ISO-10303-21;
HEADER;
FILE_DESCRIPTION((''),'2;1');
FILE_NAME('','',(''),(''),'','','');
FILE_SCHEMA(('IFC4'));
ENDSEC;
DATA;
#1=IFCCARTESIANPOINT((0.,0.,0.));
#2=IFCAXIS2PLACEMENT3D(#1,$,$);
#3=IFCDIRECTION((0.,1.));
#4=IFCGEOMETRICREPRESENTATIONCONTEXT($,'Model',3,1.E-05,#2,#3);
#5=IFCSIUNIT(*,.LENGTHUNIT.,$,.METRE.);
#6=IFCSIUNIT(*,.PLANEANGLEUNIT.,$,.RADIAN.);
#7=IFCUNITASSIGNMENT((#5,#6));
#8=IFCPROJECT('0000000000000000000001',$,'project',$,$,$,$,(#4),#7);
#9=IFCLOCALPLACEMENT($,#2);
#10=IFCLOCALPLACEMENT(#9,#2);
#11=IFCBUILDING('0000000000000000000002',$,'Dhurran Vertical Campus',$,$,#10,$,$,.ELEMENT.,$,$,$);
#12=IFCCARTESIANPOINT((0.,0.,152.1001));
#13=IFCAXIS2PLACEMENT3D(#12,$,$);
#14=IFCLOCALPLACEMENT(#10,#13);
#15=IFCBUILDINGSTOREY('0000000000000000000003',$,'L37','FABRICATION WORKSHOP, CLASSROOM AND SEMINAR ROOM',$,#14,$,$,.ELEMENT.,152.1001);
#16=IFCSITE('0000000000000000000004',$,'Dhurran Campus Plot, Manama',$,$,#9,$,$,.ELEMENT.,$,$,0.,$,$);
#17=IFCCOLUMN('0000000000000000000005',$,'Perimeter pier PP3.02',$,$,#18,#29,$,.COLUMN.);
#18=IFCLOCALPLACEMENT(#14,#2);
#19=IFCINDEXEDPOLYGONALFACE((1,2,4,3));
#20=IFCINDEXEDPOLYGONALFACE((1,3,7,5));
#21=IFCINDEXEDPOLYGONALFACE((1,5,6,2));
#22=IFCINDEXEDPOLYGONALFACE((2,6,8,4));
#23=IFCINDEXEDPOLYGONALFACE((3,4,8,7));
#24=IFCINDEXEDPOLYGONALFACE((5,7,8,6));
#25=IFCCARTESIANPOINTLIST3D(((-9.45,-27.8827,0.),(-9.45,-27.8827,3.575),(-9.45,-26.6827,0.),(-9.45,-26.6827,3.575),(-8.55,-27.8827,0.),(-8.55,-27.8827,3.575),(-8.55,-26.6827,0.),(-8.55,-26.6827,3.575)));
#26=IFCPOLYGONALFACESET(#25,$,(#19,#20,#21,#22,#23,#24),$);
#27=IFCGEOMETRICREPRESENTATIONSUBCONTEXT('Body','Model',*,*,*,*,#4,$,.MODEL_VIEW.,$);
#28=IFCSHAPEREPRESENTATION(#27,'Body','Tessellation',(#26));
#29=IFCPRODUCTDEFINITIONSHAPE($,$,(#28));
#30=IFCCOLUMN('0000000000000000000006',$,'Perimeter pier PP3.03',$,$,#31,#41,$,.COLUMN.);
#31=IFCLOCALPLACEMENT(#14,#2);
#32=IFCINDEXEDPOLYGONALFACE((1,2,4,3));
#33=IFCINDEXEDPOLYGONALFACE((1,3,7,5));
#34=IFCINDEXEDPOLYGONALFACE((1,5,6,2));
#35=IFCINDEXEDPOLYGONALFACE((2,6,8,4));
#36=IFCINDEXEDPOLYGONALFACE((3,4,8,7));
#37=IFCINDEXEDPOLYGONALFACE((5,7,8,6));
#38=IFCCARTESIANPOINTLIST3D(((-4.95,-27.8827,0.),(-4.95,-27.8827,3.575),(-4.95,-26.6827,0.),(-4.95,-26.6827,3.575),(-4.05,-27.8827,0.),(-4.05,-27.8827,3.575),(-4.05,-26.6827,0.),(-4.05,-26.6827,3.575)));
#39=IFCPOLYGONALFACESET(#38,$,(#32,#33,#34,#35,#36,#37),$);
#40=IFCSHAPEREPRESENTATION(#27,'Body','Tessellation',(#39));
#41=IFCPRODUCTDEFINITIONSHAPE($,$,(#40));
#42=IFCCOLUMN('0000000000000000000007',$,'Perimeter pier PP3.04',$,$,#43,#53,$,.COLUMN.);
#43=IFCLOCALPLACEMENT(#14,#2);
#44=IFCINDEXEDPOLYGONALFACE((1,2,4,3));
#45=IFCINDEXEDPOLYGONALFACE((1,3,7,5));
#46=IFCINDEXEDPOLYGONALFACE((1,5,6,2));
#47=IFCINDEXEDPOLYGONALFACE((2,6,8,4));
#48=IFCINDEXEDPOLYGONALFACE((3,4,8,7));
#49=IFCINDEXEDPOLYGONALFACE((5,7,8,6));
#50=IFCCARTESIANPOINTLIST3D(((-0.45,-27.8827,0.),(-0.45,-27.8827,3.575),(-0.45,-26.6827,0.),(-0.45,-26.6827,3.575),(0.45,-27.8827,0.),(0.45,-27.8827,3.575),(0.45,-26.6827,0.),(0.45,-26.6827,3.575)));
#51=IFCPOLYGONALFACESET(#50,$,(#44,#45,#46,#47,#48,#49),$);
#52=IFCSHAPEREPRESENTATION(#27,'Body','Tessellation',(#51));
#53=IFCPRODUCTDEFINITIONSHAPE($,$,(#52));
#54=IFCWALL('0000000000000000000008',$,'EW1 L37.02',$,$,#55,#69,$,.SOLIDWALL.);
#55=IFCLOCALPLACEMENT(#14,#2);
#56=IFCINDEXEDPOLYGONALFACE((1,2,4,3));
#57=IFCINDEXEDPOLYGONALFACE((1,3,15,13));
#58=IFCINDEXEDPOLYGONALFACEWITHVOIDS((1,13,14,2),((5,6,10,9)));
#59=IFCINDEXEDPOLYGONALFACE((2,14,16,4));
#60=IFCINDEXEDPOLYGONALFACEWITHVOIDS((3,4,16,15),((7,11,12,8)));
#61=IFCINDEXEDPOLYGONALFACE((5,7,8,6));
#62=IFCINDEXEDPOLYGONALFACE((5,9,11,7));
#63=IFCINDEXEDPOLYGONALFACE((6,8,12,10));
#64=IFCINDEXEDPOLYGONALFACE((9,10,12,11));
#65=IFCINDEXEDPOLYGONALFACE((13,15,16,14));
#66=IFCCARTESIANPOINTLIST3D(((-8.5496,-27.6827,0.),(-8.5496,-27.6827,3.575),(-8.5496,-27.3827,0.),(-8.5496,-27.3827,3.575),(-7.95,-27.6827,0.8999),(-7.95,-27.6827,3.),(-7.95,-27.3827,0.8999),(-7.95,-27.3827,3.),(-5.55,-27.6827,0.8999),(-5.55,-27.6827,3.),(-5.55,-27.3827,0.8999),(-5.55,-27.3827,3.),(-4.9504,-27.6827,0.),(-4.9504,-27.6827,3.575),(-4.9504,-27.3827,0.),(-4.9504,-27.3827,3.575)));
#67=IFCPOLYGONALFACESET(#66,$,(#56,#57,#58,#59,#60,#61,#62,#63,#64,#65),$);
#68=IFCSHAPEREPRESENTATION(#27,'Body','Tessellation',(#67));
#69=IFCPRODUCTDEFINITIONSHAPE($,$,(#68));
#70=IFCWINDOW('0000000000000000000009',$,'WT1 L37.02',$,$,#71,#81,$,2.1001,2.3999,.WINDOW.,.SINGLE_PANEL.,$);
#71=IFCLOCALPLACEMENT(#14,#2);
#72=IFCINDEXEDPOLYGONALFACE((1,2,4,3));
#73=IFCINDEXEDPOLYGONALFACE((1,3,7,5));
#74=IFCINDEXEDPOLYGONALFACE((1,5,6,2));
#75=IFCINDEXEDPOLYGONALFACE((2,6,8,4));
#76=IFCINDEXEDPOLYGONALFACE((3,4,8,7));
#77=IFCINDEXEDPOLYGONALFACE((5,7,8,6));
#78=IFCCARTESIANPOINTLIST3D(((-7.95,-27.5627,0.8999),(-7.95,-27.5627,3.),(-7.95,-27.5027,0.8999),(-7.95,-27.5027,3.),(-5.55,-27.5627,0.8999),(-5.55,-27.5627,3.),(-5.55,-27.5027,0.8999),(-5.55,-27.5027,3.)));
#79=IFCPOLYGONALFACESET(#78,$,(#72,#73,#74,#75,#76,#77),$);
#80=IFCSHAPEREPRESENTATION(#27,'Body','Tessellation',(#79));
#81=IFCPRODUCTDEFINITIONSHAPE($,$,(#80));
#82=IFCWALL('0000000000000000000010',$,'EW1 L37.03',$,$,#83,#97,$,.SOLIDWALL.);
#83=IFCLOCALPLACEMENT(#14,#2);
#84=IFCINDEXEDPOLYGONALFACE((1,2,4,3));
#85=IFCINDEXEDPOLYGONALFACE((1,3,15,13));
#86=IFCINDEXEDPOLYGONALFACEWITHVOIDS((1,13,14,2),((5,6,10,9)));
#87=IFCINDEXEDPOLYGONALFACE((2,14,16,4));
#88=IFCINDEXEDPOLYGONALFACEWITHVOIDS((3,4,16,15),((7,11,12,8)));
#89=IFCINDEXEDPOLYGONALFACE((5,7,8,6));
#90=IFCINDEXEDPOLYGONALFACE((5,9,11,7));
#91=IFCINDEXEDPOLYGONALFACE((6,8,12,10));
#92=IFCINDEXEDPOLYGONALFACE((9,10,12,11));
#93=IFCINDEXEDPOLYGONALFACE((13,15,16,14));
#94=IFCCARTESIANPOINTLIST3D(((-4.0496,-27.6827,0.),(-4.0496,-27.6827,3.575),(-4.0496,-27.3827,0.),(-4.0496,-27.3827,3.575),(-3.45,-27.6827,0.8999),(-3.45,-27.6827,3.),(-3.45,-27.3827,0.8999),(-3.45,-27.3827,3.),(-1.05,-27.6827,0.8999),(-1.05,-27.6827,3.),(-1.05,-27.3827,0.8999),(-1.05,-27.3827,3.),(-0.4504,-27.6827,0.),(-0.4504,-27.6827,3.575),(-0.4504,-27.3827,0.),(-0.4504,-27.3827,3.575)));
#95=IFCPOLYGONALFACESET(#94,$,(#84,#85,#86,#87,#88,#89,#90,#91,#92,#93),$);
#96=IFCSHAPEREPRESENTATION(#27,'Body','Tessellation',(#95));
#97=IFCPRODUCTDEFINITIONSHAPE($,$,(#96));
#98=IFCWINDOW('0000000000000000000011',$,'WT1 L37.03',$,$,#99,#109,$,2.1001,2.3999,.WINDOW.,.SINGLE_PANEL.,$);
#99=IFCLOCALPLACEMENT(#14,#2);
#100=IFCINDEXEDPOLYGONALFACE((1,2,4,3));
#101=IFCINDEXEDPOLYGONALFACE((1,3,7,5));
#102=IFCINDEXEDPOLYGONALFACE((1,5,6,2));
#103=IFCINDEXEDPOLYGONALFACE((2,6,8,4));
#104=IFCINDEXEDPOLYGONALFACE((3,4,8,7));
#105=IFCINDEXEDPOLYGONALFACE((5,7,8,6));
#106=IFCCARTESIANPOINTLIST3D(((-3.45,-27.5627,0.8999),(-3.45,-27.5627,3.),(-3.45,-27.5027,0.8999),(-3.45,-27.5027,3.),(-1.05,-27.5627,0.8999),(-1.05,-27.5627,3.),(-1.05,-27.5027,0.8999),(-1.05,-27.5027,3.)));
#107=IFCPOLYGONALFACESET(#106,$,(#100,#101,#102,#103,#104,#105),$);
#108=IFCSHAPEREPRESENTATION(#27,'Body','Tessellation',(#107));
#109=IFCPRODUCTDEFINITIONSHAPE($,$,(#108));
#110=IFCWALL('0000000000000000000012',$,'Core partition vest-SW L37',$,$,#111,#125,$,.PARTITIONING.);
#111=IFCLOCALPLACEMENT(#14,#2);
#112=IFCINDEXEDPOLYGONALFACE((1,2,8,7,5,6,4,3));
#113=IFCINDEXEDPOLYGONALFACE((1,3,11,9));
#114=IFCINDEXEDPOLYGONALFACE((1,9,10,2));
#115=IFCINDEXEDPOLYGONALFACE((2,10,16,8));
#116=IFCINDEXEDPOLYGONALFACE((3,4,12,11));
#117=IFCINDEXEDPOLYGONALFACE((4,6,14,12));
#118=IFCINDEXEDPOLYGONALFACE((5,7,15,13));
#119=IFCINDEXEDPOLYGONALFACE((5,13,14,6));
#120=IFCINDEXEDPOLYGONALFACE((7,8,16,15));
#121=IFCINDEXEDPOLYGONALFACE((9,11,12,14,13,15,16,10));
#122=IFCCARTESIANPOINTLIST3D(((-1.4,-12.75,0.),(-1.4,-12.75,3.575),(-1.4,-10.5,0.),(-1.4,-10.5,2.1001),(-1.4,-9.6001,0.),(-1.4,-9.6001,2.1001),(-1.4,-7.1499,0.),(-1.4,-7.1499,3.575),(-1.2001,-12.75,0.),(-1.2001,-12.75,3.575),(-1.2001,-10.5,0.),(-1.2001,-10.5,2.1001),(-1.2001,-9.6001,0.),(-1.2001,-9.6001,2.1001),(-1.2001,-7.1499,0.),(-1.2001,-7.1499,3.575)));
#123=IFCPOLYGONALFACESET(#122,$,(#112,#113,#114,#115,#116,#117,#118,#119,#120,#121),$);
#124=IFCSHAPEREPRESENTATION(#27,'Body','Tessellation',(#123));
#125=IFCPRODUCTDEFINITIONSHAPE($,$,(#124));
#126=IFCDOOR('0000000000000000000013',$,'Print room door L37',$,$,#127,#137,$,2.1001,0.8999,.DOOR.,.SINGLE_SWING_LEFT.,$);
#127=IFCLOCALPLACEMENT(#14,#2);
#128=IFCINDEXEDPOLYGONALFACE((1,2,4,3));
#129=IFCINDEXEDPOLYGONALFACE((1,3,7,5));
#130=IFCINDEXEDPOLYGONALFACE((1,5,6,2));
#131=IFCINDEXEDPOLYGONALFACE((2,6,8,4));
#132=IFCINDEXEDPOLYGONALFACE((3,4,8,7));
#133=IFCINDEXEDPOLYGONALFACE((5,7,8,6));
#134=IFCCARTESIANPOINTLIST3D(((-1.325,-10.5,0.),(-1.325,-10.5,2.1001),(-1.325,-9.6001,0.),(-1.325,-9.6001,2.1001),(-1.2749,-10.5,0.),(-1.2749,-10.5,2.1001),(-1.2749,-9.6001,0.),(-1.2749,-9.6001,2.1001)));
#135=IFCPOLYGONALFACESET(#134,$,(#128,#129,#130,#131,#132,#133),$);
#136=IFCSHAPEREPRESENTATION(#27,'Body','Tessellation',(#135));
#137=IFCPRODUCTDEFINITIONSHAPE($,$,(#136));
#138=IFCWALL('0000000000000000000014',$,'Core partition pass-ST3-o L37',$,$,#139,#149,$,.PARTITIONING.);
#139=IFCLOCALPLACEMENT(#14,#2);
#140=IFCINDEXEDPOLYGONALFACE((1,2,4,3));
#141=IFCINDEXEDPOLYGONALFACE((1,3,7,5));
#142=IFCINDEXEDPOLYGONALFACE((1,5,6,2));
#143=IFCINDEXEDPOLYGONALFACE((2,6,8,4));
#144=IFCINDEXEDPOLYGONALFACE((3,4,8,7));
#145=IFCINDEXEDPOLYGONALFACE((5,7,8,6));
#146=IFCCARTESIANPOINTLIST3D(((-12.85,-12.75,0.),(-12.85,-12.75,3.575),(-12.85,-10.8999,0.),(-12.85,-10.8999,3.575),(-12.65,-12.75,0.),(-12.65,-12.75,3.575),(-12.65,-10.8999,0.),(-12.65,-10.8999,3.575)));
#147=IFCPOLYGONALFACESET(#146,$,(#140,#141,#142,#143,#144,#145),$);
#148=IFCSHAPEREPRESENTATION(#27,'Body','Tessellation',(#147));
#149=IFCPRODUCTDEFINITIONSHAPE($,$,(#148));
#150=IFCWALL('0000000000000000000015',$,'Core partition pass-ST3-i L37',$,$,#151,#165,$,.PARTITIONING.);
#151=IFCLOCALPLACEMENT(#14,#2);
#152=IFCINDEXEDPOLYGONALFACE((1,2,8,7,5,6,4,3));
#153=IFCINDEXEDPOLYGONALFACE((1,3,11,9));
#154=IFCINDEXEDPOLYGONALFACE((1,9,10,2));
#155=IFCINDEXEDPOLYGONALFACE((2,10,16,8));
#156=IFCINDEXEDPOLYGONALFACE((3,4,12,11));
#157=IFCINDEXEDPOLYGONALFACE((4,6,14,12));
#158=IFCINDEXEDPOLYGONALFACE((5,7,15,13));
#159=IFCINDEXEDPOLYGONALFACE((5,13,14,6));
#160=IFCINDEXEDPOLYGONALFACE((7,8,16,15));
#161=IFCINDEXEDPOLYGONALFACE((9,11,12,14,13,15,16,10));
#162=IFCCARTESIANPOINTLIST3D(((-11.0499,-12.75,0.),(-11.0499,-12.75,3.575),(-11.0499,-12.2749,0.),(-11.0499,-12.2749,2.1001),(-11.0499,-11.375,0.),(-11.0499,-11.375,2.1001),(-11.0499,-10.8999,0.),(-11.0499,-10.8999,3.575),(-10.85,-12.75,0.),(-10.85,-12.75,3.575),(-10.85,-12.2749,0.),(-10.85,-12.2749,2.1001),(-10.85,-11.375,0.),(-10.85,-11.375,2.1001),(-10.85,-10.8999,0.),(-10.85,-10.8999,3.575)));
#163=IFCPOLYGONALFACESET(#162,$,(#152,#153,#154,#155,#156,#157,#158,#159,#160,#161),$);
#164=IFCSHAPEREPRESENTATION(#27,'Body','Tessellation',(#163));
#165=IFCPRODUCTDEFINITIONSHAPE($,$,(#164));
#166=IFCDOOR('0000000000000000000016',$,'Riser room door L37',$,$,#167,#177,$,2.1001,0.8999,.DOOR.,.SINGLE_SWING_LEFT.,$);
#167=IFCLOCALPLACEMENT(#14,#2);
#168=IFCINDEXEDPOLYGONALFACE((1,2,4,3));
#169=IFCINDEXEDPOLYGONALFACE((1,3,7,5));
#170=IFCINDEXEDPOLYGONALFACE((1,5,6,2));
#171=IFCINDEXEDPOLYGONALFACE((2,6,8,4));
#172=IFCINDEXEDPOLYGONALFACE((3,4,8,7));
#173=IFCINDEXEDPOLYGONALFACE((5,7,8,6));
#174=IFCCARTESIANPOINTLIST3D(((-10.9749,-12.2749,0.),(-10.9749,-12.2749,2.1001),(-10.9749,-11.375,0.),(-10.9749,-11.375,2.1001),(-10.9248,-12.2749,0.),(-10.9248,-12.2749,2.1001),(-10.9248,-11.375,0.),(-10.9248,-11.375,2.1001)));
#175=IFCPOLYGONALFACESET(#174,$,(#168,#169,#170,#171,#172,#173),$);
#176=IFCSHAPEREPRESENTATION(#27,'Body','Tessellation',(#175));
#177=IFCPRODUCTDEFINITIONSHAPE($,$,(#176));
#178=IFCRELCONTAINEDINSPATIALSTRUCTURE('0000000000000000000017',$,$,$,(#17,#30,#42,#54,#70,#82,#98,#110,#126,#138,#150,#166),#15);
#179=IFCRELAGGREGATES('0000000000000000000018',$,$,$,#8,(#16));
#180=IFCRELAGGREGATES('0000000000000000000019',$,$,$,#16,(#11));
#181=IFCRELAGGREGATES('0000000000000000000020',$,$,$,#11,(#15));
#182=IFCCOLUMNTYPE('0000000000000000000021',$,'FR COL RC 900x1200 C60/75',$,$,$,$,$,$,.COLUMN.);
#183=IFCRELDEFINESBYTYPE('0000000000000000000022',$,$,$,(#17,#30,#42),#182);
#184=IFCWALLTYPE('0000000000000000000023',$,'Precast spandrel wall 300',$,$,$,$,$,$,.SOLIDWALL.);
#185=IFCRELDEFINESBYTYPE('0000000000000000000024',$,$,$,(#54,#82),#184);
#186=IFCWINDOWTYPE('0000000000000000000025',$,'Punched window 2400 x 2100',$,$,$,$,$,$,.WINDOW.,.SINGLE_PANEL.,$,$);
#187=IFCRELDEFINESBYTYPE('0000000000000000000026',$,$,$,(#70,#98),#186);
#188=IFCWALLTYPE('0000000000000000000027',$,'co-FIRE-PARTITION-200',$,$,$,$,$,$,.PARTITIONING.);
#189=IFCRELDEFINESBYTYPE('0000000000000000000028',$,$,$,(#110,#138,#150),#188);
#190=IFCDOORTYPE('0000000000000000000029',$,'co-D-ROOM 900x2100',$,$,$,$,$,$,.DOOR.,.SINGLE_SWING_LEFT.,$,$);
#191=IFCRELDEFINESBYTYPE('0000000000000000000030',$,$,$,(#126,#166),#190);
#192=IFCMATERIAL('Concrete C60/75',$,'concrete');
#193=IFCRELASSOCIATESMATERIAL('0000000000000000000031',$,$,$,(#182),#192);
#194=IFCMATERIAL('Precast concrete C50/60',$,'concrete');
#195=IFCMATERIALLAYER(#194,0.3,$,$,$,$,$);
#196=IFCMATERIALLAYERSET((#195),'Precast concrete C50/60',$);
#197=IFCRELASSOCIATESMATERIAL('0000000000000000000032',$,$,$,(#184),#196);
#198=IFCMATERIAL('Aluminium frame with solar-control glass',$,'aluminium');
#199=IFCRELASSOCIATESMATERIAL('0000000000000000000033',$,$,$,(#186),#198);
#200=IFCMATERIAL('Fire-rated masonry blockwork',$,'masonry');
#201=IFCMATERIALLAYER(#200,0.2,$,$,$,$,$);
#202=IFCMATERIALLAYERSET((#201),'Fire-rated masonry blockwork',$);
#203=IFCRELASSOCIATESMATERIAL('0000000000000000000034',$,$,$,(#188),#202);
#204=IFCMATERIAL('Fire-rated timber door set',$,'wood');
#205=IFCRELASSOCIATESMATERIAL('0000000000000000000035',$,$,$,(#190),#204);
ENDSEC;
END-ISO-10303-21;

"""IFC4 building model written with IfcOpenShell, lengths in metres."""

from ifc_helpers import new_model, si_unit, direction, frame, frame_2d, origin, origin_2d, place, context, subcontext, project, spatial, rectangle, extrude, material, layer, layer_set, material_profile, profile_set, type_object, element, fill, save


model = new_model("IFC4")

# Units and contexts
model_context = context("Model", 3, precision=1e-05, world=origin(), true_north=direction((0.0, 1.0)))
body_context = subcontext(model_context, "Body", "Model", "MODEL_VIEW")
ifc_project = project(units=[si_unit("LENGTHUNIT", "METRE"), si_unit("PLANEANGLEUNIT", "RADIAN")], contexts=[model_context])

# Site, building, storey
site_placement = place(None, origin())
site = spatial("IfcSite", under=ifc_project, at=site_placement, Name="Dhurran Campus Plot, Manama", CompositionType="ELEMENT", RefElevation=0.0)
building_placement = place(site_placement, origin())
building = spatial("IfcBuilding", under=site, at=building_placement, Name="Dhurran Vertical Campus", CompositionType="ELEMENT")
storey_placement = place(building_placement, frame((0.0, 0.0, 152.1001)))
storey = spatial("IfcBuildingStorey", under=building, at=storey_placement, Name="L37", Description="FABRICATION WORKSHOP, CLASSROOM AND SEMINAR ROOM", CompositionType="ELEMENT", Elevation=152.1001)

# Columns
ifc_material_1 = material(Name="Concrete C60/75", Category="concrete")
ifc_material_profile = material_profile(ifc_material_1, rectangle(XDim=0.8999, YDim=1.2, at=origin_2d()), Name="RC 900x1200")
ifc_profile_set = profile_set([ifc_material_profile], Name="Concrete C60/75")
column_type = type_object("IfcColumnType", Name="FR COL RC 900x1200 C60/75", PredefinedType="COLUMN", material=ifc_profile_set)
for number, where, z_axis, x_axis, name in (
    (1, (-9.0, -27.2827, 0.0), (0.0, 0.0, 1.0), (1.0, 0.0, 0.0), "Perimeter pier PP3.02"),
    (2, (-4.5, -27.2827, 0.0), (0.0, 0.0, 1.0), (1.0, 0.0, 0.0), "Perimeter pier PP3.03"),
    (3, (0.0, -27.2827, 0.0), (0.0, 0.0, 1.0), (1.0, 0.0, 0.0), "Perimeter pier PP3.04"),
):
    element("IfcColumn", number, at=place(storey_placement, frame(where, z_axis=z_axis, x_axis=x_axis)), inside=storey, type_object=column_type, Name=name, PredefinedType="COLUMN", context=body_context, shape_type="SweptSolid", body=[
        extrude(rectangle(XDim=0.8999, YDim=1.2, at=origin_2d()), origin(), (0.0, 0.0, 1.0), 3.575),
    ])

# Walls, openings, windows
ifc_material_2 = material(Name="Precast concrete C50/60", Category="concrete")
ifc_layer_1 = layer(ifc_material_2, 0.3)
ifc_layer_set_1 = layer_set([ifc_layer_1], Name="Precast concrete C50/60")
wall_type_1 = type_object("IfcWallType", Name="Precast spandrel wall 300", PredefinedType="SOLIDWALL", material=ifc_layer_set_1)
wall_1_placement = place(storey_placement, frame((-8.5496, -27.5327, 0.0), z_axis=(0.0, 0.0, 1.0), x_axis=(1.0, 0.0, 0.0)))
wall_1 = element("IfcWall", 4, at=wall_1_placement, inside=storey, type_object=wall_type_1, Name="EW1 L37.02", PredefinedType="SOLIDWALL", context=body_context, shape_type="SweptSolid", body=[
    extrude(rectangle(XDim=3.5991, YDim=0.3, at=frame_2d((1.7996, 0.0))), origin(), (0.0, 0.0, 1.0), 3.575),
])
opening_1_placement = place(wall_1_placement, frame((0.5996, 0.0, 0.8999)))
opening_1 = element("IfcOpeningElement", 5, at=opening_1_placement, cuts=wall_1, PredefinedType="OPENING", context=body_context, shape_type="SweptSolid", body=[
    extrude(rectangle(XDim=2.3999, YDim=2.1001, at=frame_2d((1.2, 1.05))), frame((0.0, 0.1599, 0.0), z_axis=(0.0, -1.0, 0.0), x_axis=(1.0, 0.0, 0.0)), (0.0, 0.0, 1.0), 0.3201),
])
ifc_material_3 = material(Name="Aluminium frame with solar-control glass", Category="aluminium")
window_type = type_object("IfcWindowType", Name="Punched window 2400 x 2100", PartitioningType="SINGLE_PANEL", PredefinedType="WINDOW", material=ifc_material_3)
window_1_placement = place(opening_1_placement, origin())
window_1 = element("IfcWindow", 6, at=window_1_placement, inside=storey, type_object=window_type, Name="WT1 L37.02", OverallHeight=2.1001, OverallWidth=2.3999, PartitioningType="SINGLE_PANEL", PredefinedType="WINDOW", context=body_context, shape_type="SweptSolid", body=[
    extrude(rectangle(XDim=2.3999, YDim=2.1001, at=frame_2d((1.2, 1.05))), frame((0.0, 0.03, 0.0), z_axis=(0.0, -1.0, 0.0), x_axis=(1.0, 0.0, 0.0)), (0.0, 0.0, 1.0), 0.0601),
])
fill(opening_1, window_1)
wall_2_placement = place(storey_placement, frame((-4.0496, -27.5327, 0.0), z_axis=(0.0, 0.0, 1.0), x_axis=(1.0, 0.0, 0.0)))
wall_2 = element("IfcWall", 7, at=wall_2_placement, inside=storey, type_object=wall_type_1, Name="EW1 L37.03", PredefinedType="SOLIDWALL", context=body_context, shape_type="SweptSolid", body=[
    extrude(rectangle(XDim=3.5991, YDim=0.3, at=frame_2d((1.7996, 0.0))), origin(), (0.0, 0.0, 1.0), 3.575),
])
opening_2_placement = place(wall_2_placement, frame((0.5996, 0.0, 0.8999)))
opening_2 = element("IfcOpeningElement", 8, at=opening_2_placement, cuts=wall_2, PredefinedType="OPENING", context=body_context, shape_type="SweptSolid", body=[
    extrude(rectangle(XDim=2.3999, YDim=2.1001, at=frame_2d((1.2, 1.05))), frame((0.0, 0.1599, 0.0), z_axis=(0.0, -1.0, 0.0), x_axis=(1.0, 0.0, 0.0)), (0.0, 0.0, 1.0), 0.3201),
])
window_2_placement = place(opening_2_placement, origin())
window_2 = element("IfcWindow", 9, at=window_2_placement, inside=storey, type_object=window_type, Name="WT1 L37.03", OverallHeight=2.1001, OverallWidth=2.3999, PartitioningType="SINGLE_PANEL", PredefinedType="WINDOW", context=body_context, shape_type="SweptSolid", body=[
    extrude(rectangle(XDim=2.3999, YDim=2.1001, at=frame_2d((1.2, 1.05))), frame((0.0, 0.03, 0.0), z_axis=(0.0, -1.0, 0.0), x_axis=(1.0, 0.0, 0.0)), (0.0, 0.0, 1.0), 0.0601),
])
fill(opening_2, window_2)

# Wall, opening, door
ifc_material_4 = material(Name="Fire-rated masonry blockwork", Category="masonry")
ifc_layer_2 = layer(ifc_material_4, 0.2)
ifc_layer_set_2 = layer_set([ifc_layer_2], Name="Fire-rated masonry blockwork")
wall_type_2 = type_object("IfcWallType", Name="co-FIRE-PARTITION-200", PredefinedType="PARTITIONING", material=ifc_layer_set_2)
wall_3_placement = place(storey_placement, frame((-1.3, -12.75, 0.0), z_axis=(0.0, 0.0, 1.0), x_axis=(0.0, 1.0, 0.0)))
wall_3 = element("IfcWall", 10, at=wall_3_placement, inside=storey, type_object=wall_type_2, Name="Core partition vest-SW L37", PredefinedType="PARTITIONING", context=body_context, shape_type="SweptSolid", body=[
    extrude(rectangle(XDim=5.6001, YDim=0.2, at=frame_2d((2.8, 0.0))), origin(), (0.0, 0.0, 1.0), 3.575),
])
opening_3_placement = place(wall_3_placement, frame((2.25, 0.0, 0.0)))
opening_3 = element("IfcOpeningElement", 11, at=opening_3_placement, cuts=wall_3, PredefinedType="OPENING", context=body_context, shape_type="SweptSolid", body=[
    extrude(rectangle(XDim=0.8999, YDim=2.1001, at=frame_2d((0.45, 1.05))), frame((0.0, 0.1099, 0.0), z_axis=(0.0, -1.0, 0.0), x_axis=(1.0, 0.0, 0.0)), (0.0, 0.0, 1.0), 0.22),
])
ifc_material_5 = material(Name="Fire-rated timber door set", Category="wood")
door_type_1 = type_object("IfcDoorType", Name="co-D-ROOM 900x2100", OperationType="SINGLE_SWING_LEFT", PredefinedType="DOOR", material=ifc_material_5)
door_1_placement = place(opening_3_placement, origin())
door_1 = element("IfcDoor", 12, at=door_1_placement, inside=storey, type_object=door_type_1, Name="Print room door L37", OperationType="SINGLE_SWING_LEFT", OverallHeight=2.1001, OverallWidth=0.8999, PredefinedType="DOOR", context=body_context, shape_type="SweptSolid", body=[
    extrude(rectangle(XDim=0.8999, YDim=2.1001, at=frame_2d((0.45, 1.05))), frame((0.0, 0.0249, 0.0), z_axis=(0.0, -1.0, 0.0), x_axis=(1.0, 0.0, 0.0)), (0.0, 0.0, 1.0), 0.05),
])
fill(opening_3, door_1)

# Wall
wall_4_placement = place(storey_placement, frame((-12.75, -12.75, 0.0), z_axis=(0.0, 0.0, 1.0), x_axis=(0.0, 1.0, 0.0)))
element("IfcWall", 13, at=wall_4_placement, inside=storey, type_object=wall_type_2, Name="Core partition pass-ST3-o L37", PredefinedType="PARTITIONING", context=body_context, shape_type="SweptSolid", body=[
    extrude(rectangle(XDim=1.8501, YDim=0.2, at=frame_2d((0.925, 0.0))), origin(), (0.0, 0.0, 1.0), 3.575),
])

# Wall, opening, door
wall_5_placement = place(storey_placement, frame((-10.95, -12.75, 0.0), z_axis=(0.0, 0.0, 1.0), x_axis=(0.0, 1.0, 0.0)))
wall_5 = element("IfcWall", 14, at=wall_5_placement, inside=storey, type_object=wall_type_2, Name="Core partition pass-ST3-i L37", PredefinedType="PARTITIONING", context=body_context, shape_type="SweptSolid", body=[
    extrude(rectangle(XDim=1.8501, YDim=0.2, at=frame_2d((0.925, 0.0))), origin(), (0.0, 0.0, 1.0), 3.575),
])
opening_4_placement = place(wall_5_placement, frame((0.4751, 0.0, 0.0)))
opening_4 = element("IfcOpeningElement", 15, at=opening_4_placement, cuts=wall_5, PredefinedType="OPENING", context=body_context, shape_type="SweptSolid", body=[
    extrude(rectangle(XDim=0.8999, YDim=2.1001, at=frame_2d((0.45, 1.05))), frame((0.0, 0.1099, 0.0), z_axis=(0.0, -1.0, 0.0), x_axis=(1.0, 0.0, 0.0)), (0.0, 0.0, 1.0), 0.22),
])
door_2_placement = place(opening_4_placement, origin())
door_2 = element("IfcDoor", 16, at=door_2_placement, inside=storey, type_object=door_type_1, Name="Riser room door L37", OperationType="SINGLE_SWING_LEFT", OverallHeight=2.1001, OverallWidth=0.8999, PredefinedType="DOOR", context=body_context, shape_type="SweptSolid", body=[
    extrude(rectangle(XDim=0.8999, YDim=2.1001, at=frame_2d((0.45, 1.05))), frame((0.0, 0.0249, 0.0), z_axis=(0.0, -1.0, 0.0), x_axis=(1.0, 0.0, 0.0)), (0.0, 0.0, 1.0), 0.05),
])
fill(opening_4, door_2)

save(model, "model.ifc")
